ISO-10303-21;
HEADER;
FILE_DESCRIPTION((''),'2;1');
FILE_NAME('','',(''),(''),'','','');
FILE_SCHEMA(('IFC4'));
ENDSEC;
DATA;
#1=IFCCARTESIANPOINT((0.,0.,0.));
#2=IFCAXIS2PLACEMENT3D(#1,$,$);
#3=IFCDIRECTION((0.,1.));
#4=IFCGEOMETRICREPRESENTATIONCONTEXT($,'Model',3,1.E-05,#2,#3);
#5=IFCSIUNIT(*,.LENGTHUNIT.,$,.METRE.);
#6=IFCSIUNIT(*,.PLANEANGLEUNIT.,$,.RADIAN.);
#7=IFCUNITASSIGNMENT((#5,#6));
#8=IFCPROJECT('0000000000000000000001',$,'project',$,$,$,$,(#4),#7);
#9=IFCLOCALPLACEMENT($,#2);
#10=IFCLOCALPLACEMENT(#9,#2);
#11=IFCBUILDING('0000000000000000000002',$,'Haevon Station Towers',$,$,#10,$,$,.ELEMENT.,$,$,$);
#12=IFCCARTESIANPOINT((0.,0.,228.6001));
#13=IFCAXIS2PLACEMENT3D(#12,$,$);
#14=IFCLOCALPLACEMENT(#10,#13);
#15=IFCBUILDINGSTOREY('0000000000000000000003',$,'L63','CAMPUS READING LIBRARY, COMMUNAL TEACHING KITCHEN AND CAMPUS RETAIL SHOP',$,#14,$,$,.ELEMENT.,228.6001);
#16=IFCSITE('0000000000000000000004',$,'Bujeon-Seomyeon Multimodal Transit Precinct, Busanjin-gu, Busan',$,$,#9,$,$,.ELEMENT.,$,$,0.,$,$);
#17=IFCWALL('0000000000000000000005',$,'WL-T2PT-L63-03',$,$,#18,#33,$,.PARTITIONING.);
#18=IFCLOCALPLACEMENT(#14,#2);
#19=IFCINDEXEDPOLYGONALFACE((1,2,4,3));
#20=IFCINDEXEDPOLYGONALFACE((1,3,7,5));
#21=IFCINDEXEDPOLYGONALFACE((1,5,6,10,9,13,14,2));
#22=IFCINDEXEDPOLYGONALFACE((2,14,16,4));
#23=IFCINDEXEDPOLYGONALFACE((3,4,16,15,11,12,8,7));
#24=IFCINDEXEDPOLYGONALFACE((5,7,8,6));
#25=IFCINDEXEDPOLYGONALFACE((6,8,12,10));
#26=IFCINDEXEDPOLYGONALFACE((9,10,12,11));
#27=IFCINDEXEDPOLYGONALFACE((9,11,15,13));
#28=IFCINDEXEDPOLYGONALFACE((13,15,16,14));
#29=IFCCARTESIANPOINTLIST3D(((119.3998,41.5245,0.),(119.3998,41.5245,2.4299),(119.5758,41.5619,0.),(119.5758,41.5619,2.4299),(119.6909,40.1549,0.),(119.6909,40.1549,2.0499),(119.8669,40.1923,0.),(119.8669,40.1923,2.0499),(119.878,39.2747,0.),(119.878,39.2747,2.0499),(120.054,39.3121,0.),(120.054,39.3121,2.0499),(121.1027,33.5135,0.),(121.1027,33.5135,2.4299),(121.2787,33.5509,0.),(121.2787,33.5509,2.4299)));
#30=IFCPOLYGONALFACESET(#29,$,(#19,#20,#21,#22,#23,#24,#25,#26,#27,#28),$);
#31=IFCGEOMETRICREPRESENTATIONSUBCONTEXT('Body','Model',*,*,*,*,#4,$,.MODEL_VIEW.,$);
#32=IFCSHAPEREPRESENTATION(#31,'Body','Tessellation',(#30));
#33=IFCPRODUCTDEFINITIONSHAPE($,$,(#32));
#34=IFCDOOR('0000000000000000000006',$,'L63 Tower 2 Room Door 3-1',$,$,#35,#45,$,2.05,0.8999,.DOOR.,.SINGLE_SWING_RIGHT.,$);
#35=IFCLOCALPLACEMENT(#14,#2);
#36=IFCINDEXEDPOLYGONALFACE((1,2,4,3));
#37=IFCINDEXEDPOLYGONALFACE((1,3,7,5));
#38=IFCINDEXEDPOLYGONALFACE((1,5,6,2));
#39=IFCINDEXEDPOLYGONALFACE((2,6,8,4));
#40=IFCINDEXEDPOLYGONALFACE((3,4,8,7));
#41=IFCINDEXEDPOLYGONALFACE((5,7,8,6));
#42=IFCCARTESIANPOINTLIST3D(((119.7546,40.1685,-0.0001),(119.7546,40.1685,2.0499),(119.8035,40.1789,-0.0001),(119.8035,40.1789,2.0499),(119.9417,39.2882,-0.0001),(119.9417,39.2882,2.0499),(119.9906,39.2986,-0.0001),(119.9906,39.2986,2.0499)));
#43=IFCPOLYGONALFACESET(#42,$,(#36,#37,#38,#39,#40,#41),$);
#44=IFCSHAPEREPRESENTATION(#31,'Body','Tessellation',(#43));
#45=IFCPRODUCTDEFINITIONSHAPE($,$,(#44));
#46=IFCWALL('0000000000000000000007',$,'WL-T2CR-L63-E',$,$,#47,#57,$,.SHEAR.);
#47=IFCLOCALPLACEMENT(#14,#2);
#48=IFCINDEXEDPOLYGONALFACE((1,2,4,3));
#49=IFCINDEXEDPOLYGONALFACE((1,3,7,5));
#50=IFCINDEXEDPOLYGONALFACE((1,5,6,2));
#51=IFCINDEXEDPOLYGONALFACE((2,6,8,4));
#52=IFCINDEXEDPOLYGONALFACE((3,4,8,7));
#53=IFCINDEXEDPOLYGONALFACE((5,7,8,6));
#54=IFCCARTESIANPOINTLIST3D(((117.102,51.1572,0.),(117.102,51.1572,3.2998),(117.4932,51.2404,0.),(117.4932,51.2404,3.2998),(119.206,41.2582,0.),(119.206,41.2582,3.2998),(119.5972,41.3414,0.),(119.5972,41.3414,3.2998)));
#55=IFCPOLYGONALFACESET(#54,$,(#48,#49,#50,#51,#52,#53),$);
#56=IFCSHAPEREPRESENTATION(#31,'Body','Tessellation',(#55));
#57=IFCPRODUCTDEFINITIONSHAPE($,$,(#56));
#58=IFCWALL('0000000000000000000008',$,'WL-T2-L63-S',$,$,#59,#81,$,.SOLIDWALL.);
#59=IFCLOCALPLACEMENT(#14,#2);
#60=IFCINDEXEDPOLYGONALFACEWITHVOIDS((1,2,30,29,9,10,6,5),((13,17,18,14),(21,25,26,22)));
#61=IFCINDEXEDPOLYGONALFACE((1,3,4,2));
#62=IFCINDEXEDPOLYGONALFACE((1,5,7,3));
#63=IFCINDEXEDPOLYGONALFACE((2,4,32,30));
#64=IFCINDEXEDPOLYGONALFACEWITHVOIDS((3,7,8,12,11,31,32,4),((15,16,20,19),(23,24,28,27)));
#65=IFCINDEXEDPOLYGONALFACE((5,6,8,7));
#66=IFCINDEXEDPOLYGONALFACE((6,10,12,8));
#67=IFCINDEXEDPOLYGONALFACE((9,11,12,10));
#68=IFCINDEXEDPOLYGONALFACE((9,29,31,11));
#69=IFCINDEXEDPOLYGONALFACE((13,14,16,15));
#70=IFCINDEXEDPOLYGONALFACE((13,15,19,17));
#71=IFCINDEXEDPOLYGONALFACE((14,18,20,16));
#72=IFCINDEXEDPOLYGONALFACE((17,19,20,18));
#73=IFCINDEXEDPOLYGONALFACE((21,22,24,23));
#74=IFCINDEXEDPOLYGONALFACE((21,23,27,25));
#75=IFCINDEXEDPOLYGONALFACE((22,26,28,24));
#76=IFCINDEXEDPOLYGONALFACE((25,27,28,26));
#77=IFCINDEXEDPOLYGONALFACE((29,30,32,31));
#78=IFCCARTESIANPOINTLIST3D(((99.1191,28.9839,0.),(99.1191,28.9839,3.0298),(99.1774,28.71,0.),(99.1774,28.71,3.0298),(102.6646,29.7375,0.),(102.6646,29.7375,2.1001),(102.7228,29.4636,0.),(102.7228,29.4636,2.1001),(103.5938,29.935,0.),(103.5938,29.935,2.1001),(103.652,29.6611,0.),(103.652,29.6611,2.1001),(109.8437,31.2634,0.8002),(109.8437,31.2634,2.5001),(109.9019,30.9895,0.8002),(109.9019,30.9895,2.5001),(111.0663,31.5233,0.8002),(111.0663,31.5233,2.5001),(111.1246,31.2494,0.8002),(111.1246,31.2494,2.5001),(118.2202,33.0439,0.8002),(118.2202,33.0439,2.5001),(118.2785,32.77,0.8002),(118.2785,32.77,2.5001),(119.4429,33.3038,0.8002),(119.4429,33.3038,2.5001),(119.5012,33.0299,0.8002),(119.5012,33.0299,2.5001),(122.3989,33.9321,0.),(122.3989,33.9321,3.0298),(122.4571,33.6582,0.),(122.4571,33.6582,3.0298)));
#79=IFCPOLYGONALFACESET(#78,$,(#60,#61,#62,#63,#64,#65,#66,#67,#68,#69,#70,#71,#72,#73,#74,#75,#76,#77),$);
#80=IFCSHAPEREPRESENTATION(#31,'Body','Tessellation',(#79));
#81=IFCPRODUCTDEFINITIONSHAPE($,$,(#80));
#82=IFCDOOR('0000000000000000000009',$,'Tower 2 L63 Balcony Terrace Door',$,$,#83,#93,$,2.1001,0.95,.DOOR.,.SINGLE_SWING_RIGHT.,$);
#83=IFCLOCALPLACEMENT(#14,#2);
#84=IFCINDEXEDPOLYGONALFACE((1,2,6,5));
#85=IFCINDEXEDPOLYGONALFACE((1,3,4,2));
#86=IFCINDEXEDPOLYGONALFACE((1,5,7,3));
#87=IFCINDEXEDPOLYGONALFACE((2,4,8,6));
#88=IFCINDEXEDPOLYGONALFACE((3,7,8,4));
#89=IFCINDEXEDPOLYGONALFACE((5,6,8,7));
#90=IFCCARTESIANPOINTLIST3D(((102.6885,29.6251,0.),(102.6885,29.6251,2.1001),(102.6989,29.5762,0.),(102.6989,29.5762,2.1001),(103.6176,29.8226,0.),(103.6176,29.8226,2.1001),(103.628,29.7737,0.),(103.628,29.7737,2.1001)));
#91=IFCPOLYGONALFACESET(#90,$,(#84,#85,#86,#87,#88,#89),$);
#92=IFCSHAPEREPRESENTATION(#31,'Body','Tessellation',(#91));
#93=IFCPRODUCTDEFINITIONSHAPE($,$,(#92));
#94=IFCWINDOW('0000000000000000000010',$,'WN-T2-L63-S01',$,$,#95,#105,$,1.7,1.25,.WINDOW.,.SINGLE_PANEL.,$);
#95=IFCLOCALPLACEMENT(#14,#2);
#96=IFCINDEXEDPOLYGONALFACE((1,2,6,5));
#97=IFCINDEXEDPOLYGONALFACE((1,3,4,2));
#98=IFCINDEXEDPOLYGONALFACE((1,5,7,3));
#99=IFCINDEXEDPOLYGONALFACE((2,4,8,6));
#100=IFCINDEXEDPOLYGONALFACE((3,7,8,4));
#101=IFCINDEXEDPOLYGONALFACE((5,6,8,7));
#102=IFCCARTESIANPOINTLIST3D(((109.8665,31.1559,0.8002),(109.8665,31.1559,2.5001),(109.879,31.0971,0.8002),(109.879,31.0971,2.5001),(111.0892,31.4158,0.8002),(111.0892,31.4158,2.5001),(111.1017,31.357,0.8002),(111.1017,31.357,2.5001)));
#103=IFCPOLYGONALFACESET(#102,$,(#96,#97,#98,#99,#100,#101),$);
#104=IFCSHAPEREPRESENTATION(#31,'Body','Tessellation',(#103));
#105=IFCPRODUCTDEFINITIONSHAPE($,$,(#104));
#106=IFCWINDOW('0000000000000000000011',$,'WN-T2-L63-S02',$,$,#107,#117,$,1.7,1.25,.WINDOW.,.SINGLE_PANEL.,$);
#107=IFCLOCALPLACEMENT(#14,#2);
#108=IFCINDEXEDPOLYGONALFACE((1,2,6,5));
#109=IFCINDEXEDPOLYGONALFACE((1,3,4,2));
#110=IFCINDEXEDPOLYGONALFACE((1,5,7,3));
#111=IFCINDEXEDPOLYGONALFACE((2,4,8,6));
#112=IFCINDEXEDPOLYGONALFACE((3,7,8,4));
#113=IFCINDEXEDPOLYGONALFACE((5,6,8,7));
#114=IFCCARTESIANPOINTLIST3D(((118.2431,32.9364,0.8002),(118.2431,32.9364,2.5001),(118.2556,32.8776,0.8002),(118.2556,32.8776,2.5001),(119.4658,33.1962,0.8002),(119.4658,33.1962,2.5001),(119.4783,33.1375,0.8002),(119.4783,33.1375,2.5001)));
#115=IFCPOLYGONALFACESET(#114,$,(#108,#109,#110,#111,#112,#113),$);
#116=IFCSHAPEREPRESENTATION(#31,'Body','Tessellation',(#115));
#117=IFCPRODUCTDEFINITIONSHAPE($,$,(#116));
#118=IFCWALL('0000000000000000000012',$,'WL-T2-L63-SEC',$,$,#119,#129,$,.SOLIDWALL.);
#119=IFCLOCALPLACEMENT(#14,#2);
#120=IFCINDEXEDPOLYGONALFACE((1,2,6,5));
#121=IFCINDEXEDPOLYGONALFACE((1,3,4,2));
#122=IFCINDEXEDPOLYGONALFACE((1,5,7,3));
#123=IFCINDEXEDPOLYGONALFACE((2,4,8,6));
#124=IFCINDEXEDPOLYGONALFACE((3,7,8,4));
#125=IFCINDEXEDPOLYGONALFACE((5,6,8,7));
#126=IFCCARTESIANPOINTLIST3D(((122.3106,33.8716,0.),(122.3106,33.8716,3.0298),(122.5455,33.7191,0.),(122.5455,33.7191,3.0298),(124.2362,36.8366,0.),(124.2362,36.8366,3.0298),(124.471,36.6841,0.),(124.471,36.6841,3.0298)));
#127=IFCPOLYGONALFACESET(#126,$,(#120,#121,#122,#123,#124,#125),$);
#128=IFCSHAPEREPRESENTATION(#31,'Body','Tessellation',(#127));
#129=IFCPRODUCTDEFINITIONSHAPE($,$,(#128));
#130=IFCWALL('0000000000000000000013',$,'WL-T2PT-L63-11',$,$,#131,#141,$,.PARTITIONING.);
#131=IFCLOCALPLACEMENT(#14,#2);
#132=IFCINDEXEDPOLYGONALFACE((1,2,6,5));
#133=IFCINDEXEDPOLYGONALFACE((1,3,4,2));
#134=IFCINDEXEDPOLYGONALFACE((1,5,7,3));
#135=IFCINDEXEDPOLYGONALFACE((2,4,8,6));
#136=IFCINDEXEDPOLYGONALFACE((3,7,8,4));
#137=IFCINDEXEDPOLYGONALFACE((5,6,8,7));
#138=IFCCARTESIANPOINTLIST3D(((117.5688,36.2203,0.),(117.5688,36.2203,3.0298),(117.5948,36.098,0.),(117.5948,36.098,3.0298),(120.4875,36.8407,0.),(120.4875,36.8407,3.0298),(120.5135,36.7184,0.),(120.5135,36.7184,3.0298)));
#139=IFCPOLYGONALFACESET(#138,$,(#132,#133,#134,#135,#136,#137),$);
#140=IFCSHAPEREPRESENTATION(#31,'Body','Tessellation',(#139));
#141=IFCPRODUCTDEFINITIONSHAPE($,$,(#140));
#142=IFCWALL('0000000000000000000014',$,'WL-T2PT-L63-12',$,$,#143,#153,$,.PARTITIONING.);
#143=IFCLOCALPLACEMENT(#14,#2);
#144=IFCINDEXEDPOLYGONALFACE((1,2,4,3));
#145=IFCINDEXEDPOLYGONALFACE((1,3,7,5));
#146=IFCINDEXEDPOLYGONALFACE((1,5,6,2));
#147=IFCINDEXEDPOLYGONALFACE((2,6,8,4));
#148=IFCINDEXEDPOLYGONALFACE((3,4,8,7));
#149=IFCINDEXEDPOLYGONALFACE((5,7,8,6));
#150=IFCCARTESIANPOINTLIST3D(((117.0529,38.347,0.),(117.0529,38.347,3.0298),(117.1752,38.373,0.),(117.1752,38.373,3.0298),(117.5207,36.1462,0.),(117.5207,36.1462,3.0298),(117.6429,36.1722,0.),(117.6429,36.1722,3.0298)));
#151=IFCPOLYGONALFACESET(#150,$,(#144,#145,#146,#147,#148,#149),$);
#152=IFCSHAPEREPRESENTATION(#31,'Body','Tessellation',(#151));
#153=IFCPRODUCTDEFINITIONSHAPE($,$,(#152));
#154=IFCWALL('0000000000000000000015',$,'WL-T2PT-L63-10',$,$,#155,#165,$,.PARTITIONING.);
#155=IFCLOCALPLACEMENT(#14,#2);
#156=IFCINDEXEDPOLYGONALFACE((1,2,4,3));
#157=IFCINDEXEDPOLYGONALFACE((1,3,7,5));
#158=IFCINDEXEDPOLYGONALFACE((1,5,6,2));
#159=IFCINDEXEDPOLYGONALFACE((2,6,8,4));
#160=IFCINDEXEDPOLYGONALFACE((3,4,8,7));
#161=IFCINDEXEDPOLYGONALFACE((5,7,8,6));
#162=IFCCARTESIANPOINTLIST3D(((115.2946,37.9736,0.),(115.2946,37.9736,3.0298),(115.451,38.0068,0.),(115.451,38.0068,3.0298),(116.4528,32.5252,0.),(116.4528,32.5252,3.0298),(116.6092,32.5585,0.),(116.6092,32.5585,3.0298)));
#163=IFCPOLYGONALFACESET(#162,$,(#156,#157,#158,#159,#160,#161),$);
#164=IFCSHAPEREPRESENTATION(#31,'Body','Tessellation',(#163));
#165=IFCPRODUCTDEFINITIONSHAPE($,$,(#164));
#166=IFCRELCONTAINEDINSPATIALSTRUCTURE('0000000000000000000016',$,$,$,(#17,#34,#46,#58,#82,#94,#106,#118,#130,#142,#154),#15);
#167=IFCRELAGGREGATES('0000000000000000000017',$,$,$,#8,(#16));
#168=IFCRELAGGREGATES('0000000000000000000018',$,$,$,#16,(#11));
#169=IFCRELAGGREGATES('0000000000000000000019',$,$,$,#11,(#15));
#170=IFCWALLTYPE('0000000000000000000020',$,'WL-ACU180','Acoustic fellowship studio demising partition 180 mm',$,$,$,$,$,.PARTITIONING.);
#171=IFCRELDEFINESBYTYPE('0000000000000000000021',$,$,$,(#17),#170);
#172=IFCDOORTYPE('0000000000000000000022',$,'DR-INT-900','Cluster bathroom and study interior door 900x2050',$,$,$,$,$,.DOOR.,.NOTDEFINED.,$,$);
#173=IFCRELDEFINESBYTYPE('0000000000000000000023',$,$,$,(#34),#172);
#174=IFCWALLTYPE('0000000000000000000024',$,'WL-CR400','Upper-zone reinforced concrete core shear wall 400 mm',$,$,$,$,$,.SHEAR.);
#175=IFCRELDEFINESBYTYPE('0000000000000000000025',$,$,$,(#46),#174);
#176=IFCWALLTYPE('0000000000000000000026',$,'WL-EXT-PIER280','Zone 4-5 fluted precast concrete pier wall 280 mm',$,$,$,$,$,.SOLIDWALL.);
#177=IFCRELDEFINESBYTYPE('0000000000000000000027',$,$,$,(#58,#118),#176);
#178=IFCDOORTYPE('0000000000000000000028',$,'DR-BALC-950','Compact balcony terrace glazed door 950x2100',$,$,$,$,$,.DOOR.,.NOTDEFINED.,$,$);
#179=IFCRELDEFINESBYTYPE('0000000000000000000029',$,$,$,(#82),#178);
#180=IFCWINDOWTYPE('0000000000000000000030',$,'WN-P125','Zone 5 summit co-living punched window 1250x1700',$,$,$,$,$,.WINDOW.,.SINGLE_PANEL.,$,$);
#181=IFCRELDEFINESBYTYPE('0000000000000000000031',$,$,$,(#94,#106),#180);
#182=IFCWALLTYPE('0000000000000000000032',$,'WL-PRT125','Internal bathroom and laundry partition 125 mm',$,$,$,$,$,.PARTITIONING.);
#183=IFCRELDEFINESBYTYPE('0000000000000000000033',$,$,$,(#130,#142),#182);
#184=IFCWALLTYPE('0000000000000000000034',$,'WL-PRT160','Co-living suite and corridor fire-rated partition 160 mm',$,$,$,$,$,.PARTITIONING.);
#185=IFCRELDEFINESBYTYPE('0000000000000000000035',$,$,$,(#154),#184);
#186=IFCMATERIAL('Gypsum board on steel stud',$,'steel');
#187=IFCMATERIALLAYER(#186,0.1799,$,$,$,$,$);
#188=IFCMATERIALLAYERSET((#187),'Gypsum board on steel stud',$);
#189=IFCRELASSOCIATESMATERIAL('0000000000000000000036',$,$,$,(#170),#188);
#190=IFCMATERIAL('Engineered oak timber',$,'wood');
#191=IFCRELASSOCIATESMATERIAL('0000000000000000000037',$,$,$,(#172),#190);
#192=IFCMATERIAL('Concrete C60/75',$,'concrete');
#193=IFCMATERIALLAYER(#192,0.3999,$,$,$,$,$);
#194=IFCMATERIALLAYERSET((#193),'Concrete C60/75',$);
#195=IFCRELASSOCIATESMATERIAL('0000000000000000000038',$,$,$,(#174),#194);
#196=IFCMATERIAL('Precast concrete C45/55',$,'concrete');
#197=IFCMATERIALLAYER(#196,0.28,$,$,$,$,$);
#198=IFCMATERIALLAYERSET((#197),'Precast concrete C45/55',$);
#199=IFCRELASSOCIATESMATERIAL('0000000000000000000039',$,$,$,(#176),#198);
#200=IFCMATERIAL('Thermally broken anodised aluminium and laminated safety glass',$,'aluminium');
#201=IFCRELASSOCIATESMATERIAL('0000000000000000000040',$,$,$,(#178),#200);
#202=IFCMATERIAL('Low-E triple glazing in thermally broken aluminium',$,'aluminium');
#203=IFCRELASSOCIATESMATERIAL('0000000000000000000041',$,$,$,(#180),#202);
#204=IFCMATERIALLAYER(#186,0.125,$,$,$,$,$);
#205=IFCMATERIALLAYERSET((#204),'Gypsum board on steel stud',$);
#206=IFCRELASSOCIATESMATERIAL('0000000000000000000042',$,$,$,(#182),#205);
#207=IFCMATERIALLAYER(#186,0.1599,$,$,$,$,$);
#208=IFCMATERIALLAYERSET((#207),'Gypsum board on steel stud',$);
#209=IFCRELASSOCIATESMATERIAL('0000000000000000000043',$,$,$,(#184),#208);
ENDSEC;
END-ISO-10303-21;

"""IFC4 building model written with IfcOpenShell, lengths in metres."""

from ifc_helpers import new_model, si_unit, direction, frame, frame_2d, origin, place, context, subcontext, project, spatial, rectangle, extrude, material, layer, layer_set, type_object, element, fill, save


model = new_model("IFC4")

# Units and contexts
model_context = context("Model", 3, precision=1e-05, world=origin(), true_north=direction((0.0, 1.0)))
body_context = subcontext(model_context, "Body", "Model", "MODEL_VIEW")
ifc_project = project(units=[si_unit("LENGTHUNIT", "METRE"), si_unit("PLANEANGLEUNIT", "RADIAN")], contexts=[model_context])

# Site, building, storey
site_placement = place(None, origin())
site = spatial("IfcSite", under=ifc_project, at=site_placement, Name="Bujeon-Seomyeon Multimodal Transit Precinct, Busanjin-gu, Busan", CompositionType="ELEMENT", RefElevation=0.0)
building_placement = place(site_placement, origin())
building = spatial("IfcBuilding", under=site, at=building_placement, Name="Haevon Station Towers", CompositionType="ELEMENT")
storey_placement = place(building_placement, frame((0.0, 0.0, 228.6001)))
storey = spatial("IfcBuildingStorey", under=building, at=storey_placement, Name="L63", Description="CAMPUS READING LIBRARY, COMMUNAL TEACHING KITCHEN AND CAMPUS RETAIL SHOP", CompositionType="ELEMENT", Elevation=228.6001)

# Wall, opening, door
ifc_material_1 = material(Name="Gypsum board on steel stud", Category="steel")
ifc_layer_1 = layer(ifc_material_1, 0.1799)
ifc_layer_set_1 = layer_set([ifc_layer_1], Name="Gypsum board on steel stud")
wall_type_1 = type_object("IfcWallType", Name="WL-ACU180", Description="Acoustic fellowship studio demising partition 180 mm", PredefinedType="PARTITIONING", material=ifc_layer_set_1)
wall_1_placement = place(storey_placement, frame((121.1907, 33.5322, 0.0), z_axis=(0.0, 0.0, 1.0), x_axis=(-0.207923, 0.978145, 0.0)))
wall_1 = element("IfcWall", 1, at=wall_1_placement, inside=storey, type_object=wall_type_1, Name="WL-T2PT-L63-03", PredefinedType="PARTITIONING", context=body_context, shape_type="SweptSolid", body=[
    extrude(rectangle(XDim=8.1899, YDim=0.1799, at=frame_2d((4.095, 0.0))), origin(), (0.0, 0.0, 1.0), 2.4299),
])
opening_1_placement = place(wall_1_placement, frame((5.8899, 0.0, 0.0)))
opening_1 = element("IfcOpeningElement", 2, at=opening_1_placement, cuts=wall_1, PredefinedType="OPENING", context=body_context, shape_type="SweptSolid", body=[
    extrude(rectangle(XDim=0.8999, YDim=2.05, at=frame_2d((0.45, 1.0249))), frame((0.0, 0.0999, 0.0), z_axis=(0.0, -1.0, 0.0), x_axis=(1.0, 0.0, 0.0)), (0.0, 0.0, 1.0), 0.2),
])
ifc_material_2 = material(Name="Engineered oak timber", Category="wood")
door_type_1 = type_object("IfcDoorType", Name="DR-INT-900", Description="Cluster bathroom and study interior door 900x2050", OperationType="NOTDEFINED", PredefinedType="DOOR", material=ifc_material_2)
door_1_placement = place(opening_1_placement, origin())
door_1 = element("IfcDoor", 3, at=door_1_placement, inside=storey, type_object=door_type_1, Name="L63 Tower 2 Room Door 3-1", OperationType="SINGLE_SWING_RIGHT", OverallHeight=2.05, OverallWidth=0.8999, PredefinedType="DOOR", context=body_context, shape_type="SweptSolid", body=[
    extrude(rectangle(XDim=0.8999, YDim=2.05, at=frame_2d((0.45, 1.0249))), frame((0.0, 0.0249, 0.0), z_axis=(0.0, -1.0, 0.0), x_axis=(1.0, 0.0, 0.0)), (0.0, 0.0, 1.0), 0.05),
])
fill(opening_1, door_1)

# Wall
ifc_material_3 = material(Name="Concrete C60/75", Category="concrete")
ifc_layer_2 = layer(ifc_material_3, 0.3999)
ifc_layer_set_2 = layer_set([ifc_layer_2], Name="Concrete C60/75")
wall_type_2 = type_object("IfcWallType", Name="WL-CR400", Description="Upper-zone reinforced concrete core shear wall 400 mm", PredefinedType="SHEAR", material=ifc_layer_set_2)
wall_2_placement = place(storey_placement, frame((119.4016, 41.2998, 0.0), z_axis=(0.0, 0.0, 1.0), x_axis=(-0.207904, 0.978149, 0.0)))
element("IfcWall", 4, at=wall_2_placement, inside=storey, type_object=wall_type_2, Name="WL-T2CR-L63-E", PredefinedType="SHEAR", context=body_context, shape_type="SweptSolid", body=[
    extrude(rectangle(XDim=10.1201, YDim=0.3999, at=frame_2d((5.0601, 0.0))), origin(), (0.0, 0.0, 1.0), 3.2998),
])

# Wall, openings, door, windows
ifc_material_4 = material(Name="Precast concrete C45/55", Category="concrete")
ifc_layer_3 = layer(ifc_material_4, 0.28)
ifc_layer_set_3 = layer_set([ifc_layer_3], Name="Precast concrete C45/55")
wall_type_3 = type_object("IfcWallType", Name="WL-EXT-PIER280", Description="Zone 4-5 fluted precast concrete pier wall 280 mm", PredefinedType="SOLIDWALL", material=ifc_layer_set_3)
wall_3_placement = place(storey_placement, frame((122.428, 33.7952, 0.0), z_axis=(0.0, 0.0, 1.0), x_axis=(-0.978148, -0.207911, 0.0)))
wall_3 = element("IfcWall", 5, at=wall_3_placement, inside=storey, type_object=wall_type_3, Name="WL-T2-L63-S", PredefinedType="SOLIDWALL", context=body_context, shape_type="SweptSolid", body=[
    extrude(rectangle(XDim=23.7998, YDim=0.28, at=frame_2d((11.8999, 0.0))), origin(), (0.0, 0.0, 1.0), 3.0298),
])
opening_2_placement = place(wall_3_placement, frame((19.2251, 0.0, 0.0)))
opening_2 = element("IfcOpeningElement", 6, at=opening_2_placement, cuts=wall_3, PredefinedType="OPENING", context=body_context, shape_type="SweptSolid", body=[
    extrude(rectangle(XDim=0.95, YDim=2.1001, at=frame_2d((0.4751, 1.05))), frame((0.0, 0.1499, 0.0), z_axis=(0.0, -1.0, 0.0), x_axis=(1.0, 0.0, 0.0)), (0.0, 0.0, 1.0), 0.3),
])
opening_3_placement = place(wall_3_placement, frame((11.5857, 0.0, 0.8)))
opening_3 = element("IfcOpeningElement", 7, at=opening_3_placement, cuts=wall_3, PredefinedType="OPENING", context=body_context, shape_type="SweptSolid", body=[
    extrude(rectangle(XDim=1.25, YDim=1.7, at=frame_2d((0.625, 0.8501))), frame((0.0, 0.1499, 0.0), z_axis=(0.0, -1.0, 0.0), x_axis=(1.0, 0.0, 0.0)), (0.0, 0.0, 1.0), 0.3),
])
opening_4_placement = place(wall_3_placement, frame((3.022, 0.0, 0.8)))
opening_4 = element("IfcOpeningElement", 8, at=opening_4_placement, cuts=wall_3, PredefinedType="OPENING", context=body_context, shape_type="SweptSolid", body=[
    extrude(rectangle(XDim=1.25, YDim=1.7, at=frame_2d((0.625, 0.8501))), frame((0.0, 0.1499, 0.0), z_axis=(0.0, -1.0, 0.0), x_axis=(1.0, 0.0, 0.0)), (0.0, 0.0, 1.0), 0.3),
])
ifc_material_5 = material(Name="Thermally broken anodised aluminium and laminated safety glass", Category="aluminium")
door_type_2 = type_object("IfcDoorType", Name="DR-BALC-950", Description="Compact balcony terrace glazed door 950x2100", OperationType="NOTDEFINED", PredefinedType="DOOR", material=ifc_material_5)
door_2_placement = place(opening_2_placement, origin())
door_2 = element("IfcDoor", 9, at=door_2_placement, inside=storey, type_object=door_type_2, Name="Tower 2 L63 Balcony Terrace Door", OperationType="SINGLE_SWING_RIGHT", OverallHeight=2.1001, OverallWidth=0.95, PredefinedType="DOOR", context=body_context, shape_type="SweptSolid", body=[
    extrude(rectangle(XDim=0.95, YDim=2.1001, at=frame_2d((0.4751, 1.05))), frame((0.0, 0.0249, 0.0), z_axis=(0.0, -1.0, 0.0), x_axis=(1.0, 0.0, 0.0)), (0.0, 0.0, 1.0), 0.05),
])
fill(opening_2, door_2)
ifc_material_6 = material(Name="Low-E triple glazing in thermally broken aluminium", Category="aluminium")
window_type = type_object("IfcWindowType", Name="WN-P125", Description="Zone 5 summit co-living punched window 1250x1700", PartitioningType="SINGLE_PANEL", PredefinedType="WINDOW", material=ifc_material_6)
window_1_placement = place(opening_3_placement, origin())
window_1 = element("IfcWindow", 10, at=window_1_placement, inside=storey, type_object=window_type, Name="WN-T2-L63-S01", OverallHeight=1.7, OverallWidth=1.25, PartitioningType="SINGLE_PANEL", PredefinedType="WINDOW", context=body_context, shape_type="SweptSolid", body=[
    extrude(rectangle(XDim=1.25, YDim=1.7, at=frame_2d((0.625, 0.8501))), frame((0.0, 0.03, 0.0), z_axis=(0.0, -1.0, 0.0), x_axis=(1.0, 0.0, 0.0)), (0.0, 0.0, 1.0), 0.0601),
])
fill(opening_3, window_1)
window_2_placement = place(opening_4_placement, origin())
window_2 = element("IfcWindow", 11, at=window_2_placement, inside=storey, type_object=window_type, Name="WN-T2-L63-S02", OverallHeight=1.7, OverallWidth=1.25, PartitioningType="SINGLE_PANEL", PredefinedType="WINDOW", context=body_context, shape_type="SweptSolid", body=[
    extrude(rectangle(XDim=1.25, YDim=1.7, at=frame_2d((0.625, 0.8501))), frame((0.0, 0.03, 0.0), z_axis=(0.0, -1.0, 0.0), x_axis=(1.0, 0.0, 0.0)), (0.0, 0.0, 1.0), 0.0601),
])
fill(opening_4, window_2)

# Walls
wall_4_placement = place(storey_placement, frame((124.3535, 36.7603, 0.0), z_axis=(0.0, 0.0, 1.0), x_axis=(-0.544636, -0.838672, 0.0)))
element("IfcWall", 12, at=wall_4_placement, inside=storey, type_object=wall_type_3, Name="WL-T2-L63-SEC", PredefinedType="SOLIDWALL", context=body_context, shape_type="SweptSolid", body=[
    extrude(rectangle(XDim=3.5354, YDim=0.28, at=frame_2d((1.7676, 0.0))), origin(), (0.0, 0.0, 1.0), 3.0298),
])
ifc_layer_4 = layer(ifc_material_1, 0.125)
ifc_layer_set_4 = layer_set([ifc_layer_4], Name="Gypsum board on steel stud")
wall_type_4 = type_object("IfcWallType", Name="WL-PRT125", Description="Internal bathroom and laundry partition 125 mm", PredefinedType="PARTITIONING", material=ifc_layer_set_4)
wall_5_placement = place(storey_placement, frame((117.5818, 36.1592, 0.0), z_axis=(0.0, 0.0, 1.0), x_axis=(0.978149, 0.207903, 0.0)))
element("IfcWall", 13, at=wall_5_placement, inside=storey, type_object=wall_type_4, Name="WL-T2PT-L63-11", PredefinedType="PARTITIONING", context=body_context, shape_type="SweptSolid", body=[
    extrude(rectangle(XDim=2.9839, YDim=0.125, at=frame_2d((1.4919, 0.0))), origin(), (0.0, 0.0, 1.0), 3.0298),
])
wall_6_placement = place(storey_placement, frame((117.5818, 36.1592, 0.0), z_axis=(0.0, 0.0, 1.0), x_axis=(-0.207891, 0.978152, 0.0)))
element("IfcWall", 14, at=wall_6_placement, inside=storey, type_object=wall_type_4, Name="WL-T2PT-L63-12", PredefinedType="PARTITIONING", context=body_context, shape_type="SweptSolid", body=[
    extrude(rectangle(XDim=2.25, YDim=0.125, at=frame_2d((1.125, 0.0))), origin(), (0.0, 0.0, 1.0), 3.0298),
])
ifc_layer_5 = layer(ifc_material_1, 0.1599)
ifc_layer_set_5 = layer_set([ifc_layer_5], Name="Gypsum board on steel stud")
wall_type_5 = type_object("IfcWallType", Name="WL-PRT160", Description="Co-living suite and corridor fire-rated partition 160 mm", PredefinedType="PARTITIONING", material=ifc_layer_set_5)
wall_7_placement = place(storey_placement, frame((116.531, 32.5417, 0.0), z_axis=(0.0, 0.0, 1.0), x_axis=(-0.207936, 0.978142, 0.0)))
element("IfcWall", 15, at=wall_7_placement, inside=storey, type_object=wall_type_5, Name="WL-T2PT-L63-10", PredefinedType="PARTITIONING", context=body_context, shape_type="SweptSolid", body=[
    extrude(rectangle(XDim=5.5701, YDim=0.1599, at=frame_2d((2.7852, 0.0))), origin(), (0.0, 0.0, 1.0), 3.0298),
])

save(model, "model.ifc")
